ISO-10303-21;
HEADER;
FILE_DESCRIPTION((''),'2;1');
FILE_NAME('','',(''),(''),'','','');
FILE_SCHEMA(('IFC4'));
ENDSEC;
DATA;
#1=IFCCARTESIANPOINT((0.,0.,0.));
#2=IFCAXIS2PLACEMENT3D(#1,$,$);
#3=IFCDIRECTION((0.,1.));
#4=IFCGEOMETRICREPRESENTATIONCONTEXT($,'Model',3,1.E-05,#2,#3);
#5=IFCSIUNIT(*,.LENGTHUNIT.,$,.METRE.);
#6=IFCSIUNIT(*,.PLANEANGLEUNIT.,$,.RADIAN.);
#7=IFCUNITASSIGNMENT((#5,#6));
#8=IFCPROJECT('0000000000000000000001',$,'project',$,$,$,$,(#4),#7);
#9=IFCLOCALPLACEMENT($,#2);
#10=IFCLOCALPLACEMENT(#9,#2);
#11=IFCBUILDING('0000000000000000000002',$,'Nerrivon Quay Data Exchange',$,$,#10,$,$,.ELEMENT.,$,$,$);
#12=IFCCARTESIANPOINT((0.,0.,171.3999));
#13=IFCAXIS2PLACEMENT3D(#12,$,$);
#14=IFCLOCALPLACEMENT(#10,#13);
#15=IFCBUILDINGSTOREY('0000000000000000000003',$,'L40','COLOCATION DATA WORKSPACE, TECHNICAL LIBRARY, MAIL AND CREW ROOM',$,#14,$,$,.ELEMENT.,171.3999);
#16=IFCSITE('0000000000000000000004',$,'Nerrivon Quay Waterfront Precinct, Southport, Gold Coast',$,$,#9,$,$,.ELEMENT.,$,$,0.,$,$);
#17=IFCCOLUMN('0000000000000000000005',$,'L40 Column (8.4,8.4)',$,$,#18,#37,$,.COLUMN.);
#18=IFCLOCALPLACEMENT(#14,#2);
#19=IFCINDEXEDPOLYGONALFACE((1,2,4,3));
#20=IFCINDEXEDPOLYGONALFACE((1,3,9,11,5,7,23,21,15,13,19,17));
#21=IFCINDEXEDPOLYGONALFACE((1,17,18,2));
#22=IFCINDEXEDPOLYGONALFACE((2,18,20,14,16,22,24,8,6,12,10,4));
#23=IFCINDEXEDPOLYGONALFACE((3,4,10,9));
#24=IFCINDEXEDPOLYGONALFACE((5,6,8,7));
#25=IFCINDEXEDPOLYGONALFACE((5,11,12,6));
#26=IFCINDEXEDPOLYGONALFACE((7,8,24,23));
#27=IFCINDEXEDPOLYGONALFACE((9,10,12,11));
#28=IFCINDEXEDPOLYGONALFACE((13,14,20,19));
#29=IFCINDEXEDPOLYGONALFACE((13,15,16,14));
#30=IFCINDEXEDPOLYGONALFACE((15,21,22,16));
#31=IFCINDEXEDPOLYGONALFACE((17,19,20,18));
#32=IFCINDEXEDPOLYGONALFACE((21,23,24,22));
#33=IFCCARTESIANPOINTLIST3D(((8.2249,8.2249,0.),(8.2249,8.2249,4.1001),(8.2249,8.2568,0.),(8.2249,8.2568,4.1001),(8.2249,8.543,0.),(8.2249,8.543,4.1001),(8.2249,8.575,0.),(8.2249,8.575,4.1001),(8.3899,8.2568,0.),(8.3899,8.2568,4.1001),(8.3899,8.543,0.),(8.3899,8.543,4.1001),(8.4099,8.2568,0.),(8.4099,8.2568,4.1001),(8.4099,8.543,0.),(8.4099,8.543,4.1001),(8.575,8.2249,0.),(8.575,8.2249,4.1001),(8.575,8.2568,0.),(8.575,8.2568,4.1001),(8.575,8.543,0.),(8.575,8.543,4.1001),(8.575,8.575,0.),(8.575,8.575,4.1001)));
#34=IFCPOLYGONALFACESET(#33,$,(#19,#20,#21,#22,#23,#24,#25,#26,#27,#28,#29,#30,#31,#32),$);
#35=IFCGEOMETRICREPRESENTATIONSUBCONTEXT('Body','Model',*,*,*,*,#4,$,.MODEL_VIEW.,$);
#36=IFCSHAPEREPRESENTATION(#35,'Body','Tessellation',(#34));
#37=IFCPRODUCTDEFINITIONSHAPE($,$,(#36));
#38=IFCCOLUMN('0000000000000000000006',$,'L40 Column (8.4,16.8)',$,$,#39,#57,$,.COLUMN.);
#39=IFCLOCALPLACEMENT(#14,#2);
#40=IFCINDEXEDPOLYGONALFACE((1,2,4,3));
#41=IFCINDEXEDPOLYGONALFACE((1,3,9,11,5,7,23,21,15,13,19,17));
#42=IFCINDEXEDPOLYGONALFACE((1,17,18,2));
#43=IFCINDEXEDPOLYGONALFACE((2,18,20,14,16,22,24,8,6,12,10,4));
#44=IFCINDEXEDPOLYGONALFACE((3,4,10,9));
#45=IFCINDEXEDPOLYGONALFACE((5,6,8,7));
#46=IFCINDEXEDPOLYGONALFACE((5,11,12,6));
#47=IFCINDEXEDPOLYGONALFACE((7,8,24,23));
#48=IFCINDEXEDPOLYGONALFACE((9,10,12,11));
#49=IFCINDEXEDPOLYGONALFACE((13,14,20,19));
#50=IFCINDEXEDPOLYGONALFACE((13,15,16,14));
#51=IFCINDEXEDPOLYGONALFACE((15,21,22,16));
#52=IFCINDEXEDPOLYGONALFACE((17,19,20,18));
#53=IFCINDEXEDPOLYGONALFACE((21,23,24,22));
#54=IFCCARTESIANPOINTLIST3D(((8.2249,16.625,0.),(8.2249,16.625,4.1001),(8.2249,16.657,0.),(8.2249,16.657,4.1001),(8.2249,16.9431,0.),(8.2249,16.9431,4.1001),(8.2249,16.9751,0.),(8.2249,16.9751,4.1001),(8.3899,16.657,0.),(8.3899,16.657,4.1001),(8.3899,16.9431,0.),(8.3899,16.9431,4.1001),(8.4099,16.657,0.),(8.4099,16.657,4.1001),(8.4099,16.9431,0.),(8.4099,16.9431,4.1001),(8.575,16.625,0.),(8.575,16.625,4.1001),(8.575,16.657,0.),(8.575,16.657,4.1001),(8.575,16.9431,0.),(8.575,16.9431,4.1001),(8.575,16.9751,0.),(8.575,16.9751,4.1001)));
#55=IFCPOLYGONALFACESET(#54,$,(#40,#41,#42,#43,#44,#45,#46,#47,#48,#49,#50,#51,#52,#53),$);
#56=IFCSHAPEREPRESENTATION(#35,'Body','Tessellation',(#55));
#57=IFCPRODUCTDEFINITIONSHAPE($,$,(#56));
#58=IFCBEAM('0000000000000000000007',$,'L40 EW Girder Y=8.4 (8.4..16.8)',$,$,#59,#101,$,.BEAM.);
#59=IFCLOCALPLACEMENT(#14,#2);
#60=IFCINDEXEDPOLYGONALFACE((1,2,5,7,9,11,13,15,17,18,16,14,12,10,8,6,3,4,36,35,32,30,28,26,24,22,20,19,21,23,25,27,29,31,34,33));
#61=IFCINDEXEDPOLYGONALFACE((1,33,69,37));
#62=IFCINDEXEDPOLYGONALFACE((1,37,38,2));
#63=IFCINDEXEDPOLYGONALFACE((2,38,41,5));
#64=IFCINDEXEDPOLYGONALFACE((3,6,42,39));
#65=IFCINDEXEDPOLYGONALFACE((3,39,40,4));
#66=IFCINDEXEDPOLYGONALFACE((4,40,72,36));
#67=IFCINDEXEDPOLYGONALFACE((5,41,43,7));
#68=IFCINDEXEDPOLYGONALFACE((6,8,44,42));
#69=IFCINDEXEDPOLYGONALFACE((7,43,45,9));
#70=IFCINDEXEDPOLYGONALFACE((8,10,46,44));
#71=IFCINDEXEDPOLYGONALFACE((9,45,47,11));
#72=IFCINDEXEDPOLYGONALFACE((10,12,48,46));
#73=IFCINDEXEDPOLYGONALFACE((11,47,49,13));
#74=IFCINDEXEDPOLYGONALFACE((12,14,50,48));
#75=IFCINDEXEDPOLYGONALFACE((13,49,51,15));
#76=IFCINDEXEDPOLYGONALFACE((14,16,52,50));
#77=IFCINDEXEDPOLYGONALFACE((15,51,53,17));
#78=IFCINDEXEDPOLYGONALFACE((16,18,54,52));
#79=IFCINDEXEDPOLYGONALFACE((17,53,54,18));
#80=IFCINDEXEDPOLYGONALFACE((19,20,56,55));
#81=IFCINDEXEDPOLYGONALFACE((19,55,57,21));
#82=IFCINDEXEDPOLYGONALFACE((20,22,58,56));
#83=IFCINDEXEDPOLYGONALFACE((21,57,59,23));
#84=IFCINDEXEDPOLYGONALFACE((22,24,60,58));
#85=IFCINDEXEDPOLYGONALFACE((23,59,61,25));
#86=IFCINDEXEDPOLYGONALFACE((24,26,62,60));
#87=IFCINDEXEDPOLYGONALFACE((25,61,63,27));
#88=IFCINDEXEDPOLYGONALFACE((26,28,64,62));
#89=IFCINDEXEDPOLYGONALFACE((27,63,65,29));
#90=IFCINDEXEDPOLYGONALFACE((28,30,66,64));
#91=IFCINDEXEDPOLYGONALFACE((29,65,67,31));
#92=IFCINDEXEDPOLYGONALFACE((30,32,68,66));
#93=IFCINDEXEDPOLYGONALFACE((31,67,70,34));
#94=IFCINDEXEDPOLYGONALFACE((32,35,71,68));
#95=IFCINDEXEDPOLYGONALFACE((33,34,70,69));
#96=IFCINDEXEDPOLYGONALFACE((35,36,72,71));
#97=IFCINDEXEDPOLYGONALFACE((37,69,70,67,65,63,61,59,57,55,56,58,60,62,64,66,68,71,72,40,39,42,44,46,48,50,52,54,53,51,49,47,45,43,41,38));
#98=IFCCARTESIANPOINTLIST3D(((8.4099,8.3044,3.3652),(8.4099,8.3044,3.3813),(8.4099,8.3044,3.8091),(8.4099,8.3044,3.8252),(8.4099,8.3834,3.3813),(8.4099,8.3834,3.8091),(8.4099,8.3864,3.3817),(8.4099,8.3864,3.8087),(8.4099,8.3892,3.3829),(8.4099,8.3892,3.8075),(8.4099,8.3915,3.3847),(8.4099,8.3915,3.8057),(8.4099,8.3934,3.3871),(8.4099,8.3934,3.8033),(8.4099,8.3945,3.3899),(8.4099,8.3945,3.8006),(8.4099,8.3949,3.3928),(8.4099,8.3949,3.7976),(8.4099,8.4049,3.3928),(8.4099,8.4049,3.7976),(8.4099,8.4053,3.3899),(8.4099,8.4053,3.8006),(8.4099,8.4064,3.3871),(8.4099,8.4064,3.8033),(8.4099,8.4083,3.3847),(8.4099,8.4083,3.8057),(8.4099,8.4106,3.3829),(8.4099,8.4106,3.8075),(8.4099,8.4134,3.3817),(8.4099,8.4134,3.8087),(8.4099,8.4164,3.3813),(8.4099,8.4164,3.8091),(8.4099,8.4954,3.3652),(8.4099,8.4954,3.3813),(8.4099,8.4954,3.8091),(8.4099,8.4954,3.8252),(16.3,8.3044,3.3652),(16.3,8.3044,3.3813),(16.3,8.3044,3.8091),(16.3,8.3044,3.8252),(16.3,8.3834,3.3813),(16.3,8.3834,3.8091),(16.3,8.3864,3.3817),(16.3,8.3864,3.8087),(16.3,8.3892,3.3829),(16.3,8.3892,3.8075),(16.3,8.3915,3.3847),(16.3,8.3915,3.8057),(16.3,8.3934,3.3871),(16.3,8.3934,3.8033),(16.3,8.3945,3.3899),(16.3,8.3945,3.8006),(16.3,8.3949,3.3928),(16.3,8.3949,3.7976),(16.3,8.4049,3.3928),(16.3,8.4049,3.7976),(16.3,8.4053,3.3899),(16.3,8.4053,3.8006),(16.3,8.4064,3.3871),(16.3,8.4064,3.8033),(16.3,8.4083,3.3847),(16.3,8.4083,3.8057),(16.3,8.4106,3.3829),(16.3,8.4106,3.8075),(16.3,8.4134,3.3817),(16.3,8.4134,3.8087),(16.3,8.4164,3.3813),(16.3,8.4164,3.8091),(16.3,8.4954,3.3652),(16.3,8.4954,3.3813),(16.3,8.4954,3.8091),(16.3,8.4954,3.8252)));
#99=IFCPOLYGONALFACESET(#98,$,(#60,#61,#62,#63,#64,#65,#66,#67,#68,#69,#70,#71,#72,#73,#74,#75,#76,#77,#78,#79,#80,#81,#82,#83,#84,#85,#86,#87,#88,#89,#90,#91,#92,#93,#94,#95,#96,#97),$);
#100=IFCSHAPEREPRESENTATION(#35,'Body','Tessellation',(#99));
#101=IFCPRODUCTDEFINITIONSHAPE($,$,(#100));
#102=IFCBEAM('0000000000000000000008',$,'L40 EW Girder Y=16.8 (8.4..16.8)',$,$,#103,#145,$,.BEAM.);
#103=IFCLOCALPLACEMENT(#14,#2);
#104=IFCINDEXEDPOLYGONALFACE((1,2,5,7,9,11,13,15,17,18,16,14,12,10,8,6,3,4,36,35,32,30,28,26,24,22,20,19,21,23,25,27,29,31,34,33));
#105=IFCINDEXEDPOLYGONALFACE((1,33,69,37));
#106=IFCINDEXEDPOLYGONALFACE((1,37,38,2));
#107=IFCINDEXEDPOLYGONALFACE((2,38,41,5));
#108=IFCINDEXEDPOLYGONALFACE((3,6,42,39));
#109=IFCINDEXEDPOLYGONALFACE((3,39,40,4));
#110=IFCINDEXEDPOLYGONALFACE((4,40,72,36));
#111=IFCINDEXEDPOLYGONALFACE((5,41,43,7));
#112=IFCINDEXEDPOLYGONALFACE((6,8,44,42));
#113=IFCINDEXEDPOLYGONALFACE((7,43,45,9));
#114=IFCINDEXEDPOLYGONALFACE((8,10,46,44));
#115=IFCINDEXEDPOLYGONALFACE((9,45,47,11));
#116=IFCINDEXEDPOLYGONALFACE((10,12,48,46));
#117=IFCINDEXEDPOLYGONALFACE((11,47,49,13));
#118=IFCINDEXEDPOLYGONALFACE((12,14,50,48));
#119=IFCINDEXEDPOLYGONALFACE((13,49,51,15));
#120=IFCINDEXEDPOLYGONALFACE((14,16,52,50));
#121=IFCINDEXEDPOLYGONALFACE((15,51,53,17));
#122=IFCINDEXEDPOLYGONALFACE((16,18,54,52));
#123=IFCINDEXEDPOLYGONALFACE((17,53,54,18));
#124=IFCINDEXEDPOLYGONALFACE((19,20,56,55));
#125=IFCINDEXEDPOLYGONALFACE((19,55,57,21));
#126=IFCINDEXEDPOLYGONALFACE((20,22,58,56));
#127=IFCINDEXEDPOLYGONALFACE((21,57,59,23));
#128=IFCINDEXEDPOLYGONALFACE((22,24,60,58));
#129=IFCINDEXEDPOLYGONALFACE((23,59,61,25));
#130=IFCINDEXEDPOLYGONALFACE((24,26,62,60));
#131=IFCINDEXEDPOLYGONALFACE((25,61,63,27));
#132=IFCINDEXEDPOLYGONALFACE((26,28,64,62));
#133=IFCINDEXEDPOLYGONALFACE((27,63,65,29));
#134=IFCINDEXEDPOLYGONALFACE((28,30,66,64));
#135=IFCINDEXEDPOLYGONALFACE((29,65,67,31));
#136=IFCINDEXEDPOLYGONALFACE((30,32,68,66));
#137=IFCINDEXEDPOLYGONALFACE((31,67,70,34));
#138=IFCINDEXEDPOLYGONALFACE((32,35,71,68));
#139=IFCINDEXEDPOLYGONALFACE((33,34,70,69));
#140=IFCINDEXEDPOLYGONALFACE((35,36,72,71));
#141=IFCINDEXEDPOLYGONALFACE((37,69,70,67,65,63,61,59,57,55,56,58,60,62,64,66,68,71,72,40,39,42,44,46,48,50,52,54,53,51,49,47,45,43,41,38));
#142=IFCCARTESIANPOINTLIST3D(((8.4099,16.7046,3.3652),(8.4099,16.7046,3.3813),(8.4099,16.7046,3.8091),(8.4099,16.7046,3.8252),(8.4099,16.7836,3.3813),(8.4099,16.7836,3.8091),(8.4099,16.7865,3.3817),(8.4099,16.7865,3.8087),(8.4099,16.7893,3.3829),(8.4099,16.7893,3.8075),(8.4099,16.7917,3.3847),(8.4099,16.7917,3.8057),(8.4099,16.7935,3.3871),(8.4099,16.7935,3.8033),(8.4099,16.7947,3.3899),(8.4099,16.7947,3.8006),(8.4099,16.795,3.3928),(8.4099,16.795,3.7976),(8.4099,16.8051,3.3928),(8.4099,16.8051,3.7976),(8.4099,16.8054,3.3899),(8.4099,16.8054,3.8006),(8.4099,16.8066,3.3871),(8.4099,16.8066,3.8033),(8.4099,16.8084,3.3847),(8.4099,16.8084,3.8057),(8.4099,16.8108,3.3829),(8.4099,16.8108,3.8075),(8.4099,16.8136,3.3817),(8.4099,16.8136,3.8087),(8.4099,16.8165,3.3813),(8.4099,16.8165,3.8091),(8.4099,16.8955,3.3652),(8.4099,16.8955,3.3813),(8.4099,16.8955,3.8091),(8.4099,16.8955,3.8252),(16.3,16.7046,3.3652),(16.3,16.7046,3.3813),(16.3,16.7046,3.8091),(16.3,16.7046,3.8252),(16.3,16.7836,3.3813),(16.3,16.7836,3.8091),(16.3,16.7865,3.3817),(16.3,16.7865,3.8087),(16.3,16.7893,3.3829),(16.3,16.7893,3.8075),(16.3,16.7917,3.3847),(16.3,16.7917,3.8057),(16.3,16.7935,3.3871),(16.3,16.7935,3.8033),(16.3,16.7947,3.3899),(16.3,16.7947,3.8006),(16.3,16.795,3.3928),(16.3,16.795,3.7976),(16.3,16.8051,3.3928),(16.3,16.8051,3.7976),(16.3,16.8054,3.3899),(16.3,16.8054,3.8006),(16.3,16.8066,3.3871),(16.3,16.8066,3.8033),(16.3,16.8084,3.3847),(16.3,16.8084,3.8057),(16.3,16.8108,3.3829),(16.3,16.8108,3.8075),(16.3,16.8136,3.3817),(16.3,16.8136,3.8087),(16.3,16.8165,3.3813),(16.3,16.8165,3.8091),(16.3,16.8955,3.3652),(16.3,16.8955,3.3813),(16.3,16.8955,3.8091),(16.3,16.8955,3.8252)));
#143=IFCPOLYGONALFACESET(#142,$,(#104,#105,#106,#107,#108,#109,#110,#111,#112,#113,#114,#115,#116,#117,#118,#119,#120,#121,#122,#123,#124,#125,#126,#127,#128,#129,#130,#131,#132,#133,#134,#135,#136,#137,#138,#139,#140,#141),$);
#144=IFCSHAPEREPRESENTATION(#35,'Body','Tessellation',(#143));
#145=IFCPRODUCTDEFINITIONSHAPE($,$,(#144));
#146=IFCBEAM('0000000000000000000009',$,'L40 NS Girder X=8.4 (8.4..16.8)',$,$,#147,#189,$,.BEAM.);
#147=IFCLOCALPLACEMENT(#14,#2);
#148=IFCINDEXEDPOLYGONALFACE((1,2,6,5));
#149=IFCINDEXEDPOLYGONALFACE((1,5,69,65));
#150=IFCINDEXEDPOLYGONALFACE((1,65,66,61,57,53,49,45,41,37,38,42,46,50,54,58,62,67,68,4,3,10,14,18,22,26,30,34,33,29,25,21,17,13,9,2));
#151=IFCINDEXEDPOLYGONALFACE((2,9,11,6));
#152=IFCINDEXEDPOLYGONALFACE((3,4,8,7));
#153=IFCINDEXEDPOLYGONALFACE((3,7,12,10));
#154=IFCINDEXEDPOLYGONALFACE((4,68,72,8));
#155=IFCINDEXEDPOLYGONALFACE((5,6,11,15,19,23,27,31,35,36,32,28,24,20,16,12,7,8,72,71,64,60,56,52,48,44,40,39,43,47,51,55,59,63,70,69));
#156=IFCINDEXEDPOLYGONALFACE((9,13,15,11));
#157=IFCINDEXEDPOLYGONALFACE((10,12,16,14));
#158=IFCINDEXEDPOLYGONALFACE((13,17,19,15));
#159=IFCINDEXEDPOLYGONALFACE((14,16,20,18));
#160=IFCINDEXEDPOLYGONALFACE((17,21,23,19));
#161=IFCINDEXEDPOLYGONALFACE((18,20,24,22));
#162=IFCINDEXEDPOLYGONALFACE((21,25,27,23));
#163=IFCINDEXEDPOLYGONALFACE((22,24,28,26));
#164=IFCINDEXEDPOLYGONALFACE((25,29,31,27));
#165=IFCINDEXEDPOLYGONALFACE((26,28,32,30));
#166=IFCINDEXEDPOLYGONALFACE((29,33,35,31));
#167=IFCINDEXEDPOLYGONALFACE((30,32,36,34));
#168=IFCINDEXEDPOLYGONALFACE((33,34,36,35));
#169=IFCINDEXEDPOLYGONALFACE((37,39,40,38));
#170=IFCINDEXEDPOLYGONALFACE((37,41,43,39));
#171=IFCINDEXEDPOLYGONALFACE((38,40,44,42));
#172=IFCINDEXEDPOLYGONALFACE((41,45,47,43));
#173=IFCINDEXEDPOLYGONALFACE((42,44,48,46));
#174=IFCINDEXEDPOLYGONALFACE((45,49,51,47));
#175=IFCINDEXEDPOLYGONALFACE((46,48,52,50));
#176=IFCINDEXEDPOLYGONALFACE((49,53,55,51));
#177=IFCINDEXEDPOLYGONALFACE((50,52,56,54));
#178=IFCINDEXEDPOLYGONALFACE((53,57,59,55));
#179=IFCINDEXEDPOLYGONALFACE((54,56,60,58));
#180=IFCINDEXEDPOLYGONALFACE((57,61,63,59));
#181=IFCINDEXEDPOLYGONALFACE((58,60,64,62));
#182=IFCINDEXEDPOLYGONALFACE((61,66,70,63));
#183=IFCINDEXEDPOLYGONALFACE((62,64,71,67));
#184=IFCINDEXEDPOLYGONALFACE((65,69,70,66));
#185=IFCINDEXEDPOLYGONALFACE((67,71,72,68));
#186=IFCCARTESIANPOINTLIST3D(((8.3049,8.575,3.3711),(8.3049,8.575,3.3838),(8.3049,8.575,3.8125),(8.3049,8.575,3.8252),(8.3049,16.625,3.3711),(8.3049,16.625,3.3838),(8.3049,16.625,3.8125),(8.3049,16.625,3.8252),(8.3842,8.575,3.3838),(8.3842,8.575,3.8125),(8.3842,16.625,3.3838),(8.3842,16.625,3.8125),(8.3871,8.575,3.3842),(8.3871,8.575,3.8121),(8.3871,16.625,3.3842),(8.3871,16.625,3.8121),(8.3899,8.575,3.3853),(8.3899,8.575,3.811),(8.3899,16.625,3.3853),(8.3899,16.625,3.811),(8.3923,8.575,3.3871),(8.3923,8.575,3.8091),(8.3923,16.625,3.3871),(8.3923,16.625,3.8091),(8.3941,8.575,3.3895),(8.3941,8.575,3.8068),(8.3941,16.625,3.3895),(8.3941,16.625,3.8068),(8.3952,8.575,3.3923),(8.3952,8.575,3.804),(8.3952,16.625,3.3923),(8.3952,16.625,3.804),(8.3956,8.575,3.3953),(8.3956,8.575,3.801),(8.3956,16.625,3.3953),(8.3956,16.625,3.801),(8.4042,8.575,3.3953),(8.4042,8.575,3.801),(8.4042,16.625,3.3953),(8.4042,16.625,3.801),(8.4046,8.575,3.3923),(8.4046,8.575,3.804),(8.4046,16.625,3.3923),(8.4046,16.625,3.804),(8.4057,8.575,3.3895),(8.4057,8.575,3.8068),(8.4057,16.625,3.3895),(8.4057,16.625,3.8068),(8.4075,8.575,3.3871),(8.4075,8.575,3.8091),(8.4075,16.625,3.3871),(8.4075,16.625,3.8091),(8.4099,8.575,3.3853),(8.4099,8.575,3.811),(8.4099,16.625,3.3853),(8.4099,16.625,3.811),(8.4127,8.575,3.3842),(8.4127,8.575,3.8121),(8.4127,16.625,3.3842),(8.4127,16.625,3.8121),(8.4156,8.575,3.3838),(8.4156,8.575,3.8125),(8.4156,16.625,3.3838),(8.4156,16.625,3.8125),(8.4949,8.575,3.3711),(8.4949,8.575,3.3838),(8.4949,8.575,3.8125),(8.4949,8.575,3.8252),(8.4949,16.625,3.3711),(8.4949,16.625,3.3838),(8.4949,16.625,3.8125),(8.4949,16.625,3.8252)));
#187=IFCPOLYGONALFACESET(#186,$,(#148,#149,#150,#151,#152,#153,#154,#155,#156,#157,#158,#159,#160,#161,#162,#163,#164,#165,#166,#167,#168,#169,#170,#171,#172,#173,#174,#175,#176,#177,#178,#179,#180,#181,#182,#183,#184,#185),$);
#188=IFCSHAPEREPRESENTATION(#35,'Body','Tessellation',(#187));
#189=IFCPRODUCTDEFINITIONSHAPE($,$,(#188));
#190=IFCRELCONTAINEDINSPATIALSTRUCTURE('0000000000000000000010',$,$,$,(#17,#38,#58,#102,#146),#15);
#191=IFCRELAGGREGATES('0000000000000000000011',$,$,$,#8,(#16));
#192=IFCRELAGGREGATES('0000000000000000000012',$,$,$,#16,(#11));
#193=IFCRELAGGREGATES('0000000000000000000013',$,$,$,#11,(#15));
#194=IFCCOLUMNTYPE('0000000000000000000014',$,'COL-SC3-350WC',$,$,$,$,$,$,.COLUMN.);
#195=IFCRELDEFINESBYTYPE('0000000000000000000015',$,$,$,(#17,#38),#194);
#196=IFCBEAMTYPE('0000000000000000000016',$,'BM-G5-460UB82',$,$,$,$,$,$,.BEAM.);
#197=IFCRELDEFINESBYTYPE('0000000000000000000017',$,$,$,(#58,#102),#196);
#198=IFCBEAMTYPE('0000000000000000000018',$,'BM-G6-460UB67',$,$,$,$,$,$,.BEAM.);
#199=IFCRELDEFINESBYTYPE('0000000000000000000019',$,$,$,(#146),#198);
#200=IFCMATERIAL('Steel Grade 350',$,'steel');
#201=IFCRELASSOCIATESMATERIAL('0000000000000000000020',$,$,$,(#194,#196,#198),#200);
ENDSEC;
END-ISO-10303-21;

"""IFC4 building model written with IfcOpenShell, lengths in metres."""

from ifc_helpers import new_model, si_unit, direction, frame, origin, origin_2d, place, context, subcontext, project, spatial, i_section, extrude, material, material_profile, profile_set, type_object, element, save


model = new_model("IFC4")

# Units and contexts
model_context = context("Model", 3, precision=1e-05, world=origin(), true_north=direction((0.0, 1.0)))
body_context = subcontext(model_context, "Body", "Model", "MODEL_VIEW")
ifc_project = project(units=[si_unit("LENGTHUNIT", "METRE"), si_unit("PLANEANGLEUNIT", "RADIAN")], contexts=[model_context])

# Site, building, storey
site_placement = place(None, origin())
site = spatial("IfcSite", under=ifc_project, at=site_placement, Name="Nerrivon Quay Waterfront Precinct, Southport, Gold Coast", CompositionType="ELEMENT", RefElevation=0.0)
building_placement = place(site_placement, origin())
building = spatial("IfcBuilding", under=site, at=building_placement, Name="Nerrivon Quay Data Exchange", CompositionType="ELEMENT")
storey_placement = place(building_placement, frame((0.0, 0.0, 171.3999)))
storey = spatial("IfcBuildingStorey", under=building, at=storey_placement, Name="L40", Description="COLOCATION DATA WORKSPACE, TECHNICAL LIBRARY, MAIL AND CREW ROOM", CompositionType="ELEMENT", Elevation=171.3999)

# Columns
ifc_material_1 = material(Name="Steel Grade 350", Category="steel")
ifc_material_profile_1 = material_profile(ifc_material_1, i_section(OverallWidth=0.3501, OverallDepth=0.3501, WebThickness=0.02, FlangeThickness=0.032, at=origin_2d()), Name="350WC230")
ifc_profile_set_1 = profile_set([ifc_material_profile_1], Name="Steel Grade 350")
column_type = type_object("IfcColumnType", Name="COL-SC3-350WC", PredefinedType="COLUMN", material=ifc_profile_set_1)
for number, where, z_axis, x_axis, name in (
    (1, (8.3999, 8.3999, 0.0), (0.0, 0.0, 1.0), (1.0, 0.0, 0.0), "L40 Column (8.4,8.4)"),
    (2, (8.3999, 16.8, 0.0), (0.0, 0.0, 1.0), (1.0, 0.0, 0.0), "L40 Column (8.4,16.8)"),
):
    element("IfcColumn", number, at=place(storey_placement, frame(where, z_axis=z_axis, x_axis=x_axis)), inside=storey, type_object=column_type, Name=name, PredefinedType="COLUMN", context=body_context, shape_type="SweptSolid", body=[
        extrude(i_section(OverallWidth=0.3501, OverallDepth=0.3501, WebThickness=0.02, FlangeThickness=0.032, at=origin_2d()), origin(), (0.0, 0.0, 1.0), 4.1001),
    ])

# Beams
ifc_material_profile_2 = material_profile(ifc_material_1, i_section(OverallWidth=0.1909, OverallDepth=0.46, WebThickness=0.01, FlangeThickness=0.0161, FilletRadius=0.0115, at=origin_2d()), Name="460UB82.1")
ifc_profile_set_2 = profile_set([ifc_material_profile_2], Name="Steel Grade 350")
beam_type_1 = type_object("IfcBeamType", Name="BM-G5-460UB82", PredefinedType="BEAM", material=ifc_profile_set_2)
for number, where, z_axis, x_axis, name in (
    (3, (8.4099, 8.3999, 3.5952), (1.0, 0.0, 0.0), (0.0, 1.0, 0.0), "L40 EW Girder Y=8.4 (8.4..16.8)"),
    (4, (8.4099, 16.8, 3.5952), (1.0, 0.0, 0.0), (0.0, 1.0, 0.0), "L40 EW Girder Y=16.8 (8.4..16.8)"),
):
    element("IfcBeam", number, at=place(storey_placement, frame(where, z_axis=z_axis, x_axis=x_axis)), inside=storey, type_object=beam_type_1, Name=name, PredefinedType="BEAM", context=body_context, shape_type="SweptSolid", body=[
        extrude(i_section(OverallWidth=0.1909, OverallDepth=0.46, WebThickness=0.01, FlangeThickness=0.0161, FilletRadius=0.0115, at=origin_2d()), origin(), (0.0, 0.0, 1.0), 7.8901),
    ])
ifc_material_profile_3 = material_profile(ifc_material_1, i_section(OverallWidth=0.1899, OverallDepth=0.4541, WebThickness=0.0085, FlangeThickness=0.0127, FilletRadius=0.0115, at=origin_2d()), Name="460UB67.1")
ifc_profile_set_3 = profile_set([ifc_material_profile_3], Name="Steel Grade 350")
beam_type_2 = type_object("IfcBeamType", Name="BM-G6-460UB67", PredefinedType="BEAM", material=ifc_profile_set_3)
beam_1_placement = place(storey_placement, frame((8.3999, 8.575, 3.5981), z_axis=(0.0, 1.0, 0.0), x_axis=(-1.0, 0.0, 0.0)))
element("IfcBeam", 5, at=beam_1_placement, inside=storey, type_object=beam_type_2, Name="L40 NS Girder X=8.4 (8.4..16.8)", PredefinedType="BEAM", context=body_context, shape_type="SweptSolid", body=[
    extrude(i_section(OverallWidth=0.1899, OverallDepth=0.4541, WebThickness=0.0085, FlangeThickness=0.0127, FilletRadius=0.0115, at=origin_2d()), origin(), (0.0, 0.0, 1.0), 8.05),
])

save(model, "model.ifc")
